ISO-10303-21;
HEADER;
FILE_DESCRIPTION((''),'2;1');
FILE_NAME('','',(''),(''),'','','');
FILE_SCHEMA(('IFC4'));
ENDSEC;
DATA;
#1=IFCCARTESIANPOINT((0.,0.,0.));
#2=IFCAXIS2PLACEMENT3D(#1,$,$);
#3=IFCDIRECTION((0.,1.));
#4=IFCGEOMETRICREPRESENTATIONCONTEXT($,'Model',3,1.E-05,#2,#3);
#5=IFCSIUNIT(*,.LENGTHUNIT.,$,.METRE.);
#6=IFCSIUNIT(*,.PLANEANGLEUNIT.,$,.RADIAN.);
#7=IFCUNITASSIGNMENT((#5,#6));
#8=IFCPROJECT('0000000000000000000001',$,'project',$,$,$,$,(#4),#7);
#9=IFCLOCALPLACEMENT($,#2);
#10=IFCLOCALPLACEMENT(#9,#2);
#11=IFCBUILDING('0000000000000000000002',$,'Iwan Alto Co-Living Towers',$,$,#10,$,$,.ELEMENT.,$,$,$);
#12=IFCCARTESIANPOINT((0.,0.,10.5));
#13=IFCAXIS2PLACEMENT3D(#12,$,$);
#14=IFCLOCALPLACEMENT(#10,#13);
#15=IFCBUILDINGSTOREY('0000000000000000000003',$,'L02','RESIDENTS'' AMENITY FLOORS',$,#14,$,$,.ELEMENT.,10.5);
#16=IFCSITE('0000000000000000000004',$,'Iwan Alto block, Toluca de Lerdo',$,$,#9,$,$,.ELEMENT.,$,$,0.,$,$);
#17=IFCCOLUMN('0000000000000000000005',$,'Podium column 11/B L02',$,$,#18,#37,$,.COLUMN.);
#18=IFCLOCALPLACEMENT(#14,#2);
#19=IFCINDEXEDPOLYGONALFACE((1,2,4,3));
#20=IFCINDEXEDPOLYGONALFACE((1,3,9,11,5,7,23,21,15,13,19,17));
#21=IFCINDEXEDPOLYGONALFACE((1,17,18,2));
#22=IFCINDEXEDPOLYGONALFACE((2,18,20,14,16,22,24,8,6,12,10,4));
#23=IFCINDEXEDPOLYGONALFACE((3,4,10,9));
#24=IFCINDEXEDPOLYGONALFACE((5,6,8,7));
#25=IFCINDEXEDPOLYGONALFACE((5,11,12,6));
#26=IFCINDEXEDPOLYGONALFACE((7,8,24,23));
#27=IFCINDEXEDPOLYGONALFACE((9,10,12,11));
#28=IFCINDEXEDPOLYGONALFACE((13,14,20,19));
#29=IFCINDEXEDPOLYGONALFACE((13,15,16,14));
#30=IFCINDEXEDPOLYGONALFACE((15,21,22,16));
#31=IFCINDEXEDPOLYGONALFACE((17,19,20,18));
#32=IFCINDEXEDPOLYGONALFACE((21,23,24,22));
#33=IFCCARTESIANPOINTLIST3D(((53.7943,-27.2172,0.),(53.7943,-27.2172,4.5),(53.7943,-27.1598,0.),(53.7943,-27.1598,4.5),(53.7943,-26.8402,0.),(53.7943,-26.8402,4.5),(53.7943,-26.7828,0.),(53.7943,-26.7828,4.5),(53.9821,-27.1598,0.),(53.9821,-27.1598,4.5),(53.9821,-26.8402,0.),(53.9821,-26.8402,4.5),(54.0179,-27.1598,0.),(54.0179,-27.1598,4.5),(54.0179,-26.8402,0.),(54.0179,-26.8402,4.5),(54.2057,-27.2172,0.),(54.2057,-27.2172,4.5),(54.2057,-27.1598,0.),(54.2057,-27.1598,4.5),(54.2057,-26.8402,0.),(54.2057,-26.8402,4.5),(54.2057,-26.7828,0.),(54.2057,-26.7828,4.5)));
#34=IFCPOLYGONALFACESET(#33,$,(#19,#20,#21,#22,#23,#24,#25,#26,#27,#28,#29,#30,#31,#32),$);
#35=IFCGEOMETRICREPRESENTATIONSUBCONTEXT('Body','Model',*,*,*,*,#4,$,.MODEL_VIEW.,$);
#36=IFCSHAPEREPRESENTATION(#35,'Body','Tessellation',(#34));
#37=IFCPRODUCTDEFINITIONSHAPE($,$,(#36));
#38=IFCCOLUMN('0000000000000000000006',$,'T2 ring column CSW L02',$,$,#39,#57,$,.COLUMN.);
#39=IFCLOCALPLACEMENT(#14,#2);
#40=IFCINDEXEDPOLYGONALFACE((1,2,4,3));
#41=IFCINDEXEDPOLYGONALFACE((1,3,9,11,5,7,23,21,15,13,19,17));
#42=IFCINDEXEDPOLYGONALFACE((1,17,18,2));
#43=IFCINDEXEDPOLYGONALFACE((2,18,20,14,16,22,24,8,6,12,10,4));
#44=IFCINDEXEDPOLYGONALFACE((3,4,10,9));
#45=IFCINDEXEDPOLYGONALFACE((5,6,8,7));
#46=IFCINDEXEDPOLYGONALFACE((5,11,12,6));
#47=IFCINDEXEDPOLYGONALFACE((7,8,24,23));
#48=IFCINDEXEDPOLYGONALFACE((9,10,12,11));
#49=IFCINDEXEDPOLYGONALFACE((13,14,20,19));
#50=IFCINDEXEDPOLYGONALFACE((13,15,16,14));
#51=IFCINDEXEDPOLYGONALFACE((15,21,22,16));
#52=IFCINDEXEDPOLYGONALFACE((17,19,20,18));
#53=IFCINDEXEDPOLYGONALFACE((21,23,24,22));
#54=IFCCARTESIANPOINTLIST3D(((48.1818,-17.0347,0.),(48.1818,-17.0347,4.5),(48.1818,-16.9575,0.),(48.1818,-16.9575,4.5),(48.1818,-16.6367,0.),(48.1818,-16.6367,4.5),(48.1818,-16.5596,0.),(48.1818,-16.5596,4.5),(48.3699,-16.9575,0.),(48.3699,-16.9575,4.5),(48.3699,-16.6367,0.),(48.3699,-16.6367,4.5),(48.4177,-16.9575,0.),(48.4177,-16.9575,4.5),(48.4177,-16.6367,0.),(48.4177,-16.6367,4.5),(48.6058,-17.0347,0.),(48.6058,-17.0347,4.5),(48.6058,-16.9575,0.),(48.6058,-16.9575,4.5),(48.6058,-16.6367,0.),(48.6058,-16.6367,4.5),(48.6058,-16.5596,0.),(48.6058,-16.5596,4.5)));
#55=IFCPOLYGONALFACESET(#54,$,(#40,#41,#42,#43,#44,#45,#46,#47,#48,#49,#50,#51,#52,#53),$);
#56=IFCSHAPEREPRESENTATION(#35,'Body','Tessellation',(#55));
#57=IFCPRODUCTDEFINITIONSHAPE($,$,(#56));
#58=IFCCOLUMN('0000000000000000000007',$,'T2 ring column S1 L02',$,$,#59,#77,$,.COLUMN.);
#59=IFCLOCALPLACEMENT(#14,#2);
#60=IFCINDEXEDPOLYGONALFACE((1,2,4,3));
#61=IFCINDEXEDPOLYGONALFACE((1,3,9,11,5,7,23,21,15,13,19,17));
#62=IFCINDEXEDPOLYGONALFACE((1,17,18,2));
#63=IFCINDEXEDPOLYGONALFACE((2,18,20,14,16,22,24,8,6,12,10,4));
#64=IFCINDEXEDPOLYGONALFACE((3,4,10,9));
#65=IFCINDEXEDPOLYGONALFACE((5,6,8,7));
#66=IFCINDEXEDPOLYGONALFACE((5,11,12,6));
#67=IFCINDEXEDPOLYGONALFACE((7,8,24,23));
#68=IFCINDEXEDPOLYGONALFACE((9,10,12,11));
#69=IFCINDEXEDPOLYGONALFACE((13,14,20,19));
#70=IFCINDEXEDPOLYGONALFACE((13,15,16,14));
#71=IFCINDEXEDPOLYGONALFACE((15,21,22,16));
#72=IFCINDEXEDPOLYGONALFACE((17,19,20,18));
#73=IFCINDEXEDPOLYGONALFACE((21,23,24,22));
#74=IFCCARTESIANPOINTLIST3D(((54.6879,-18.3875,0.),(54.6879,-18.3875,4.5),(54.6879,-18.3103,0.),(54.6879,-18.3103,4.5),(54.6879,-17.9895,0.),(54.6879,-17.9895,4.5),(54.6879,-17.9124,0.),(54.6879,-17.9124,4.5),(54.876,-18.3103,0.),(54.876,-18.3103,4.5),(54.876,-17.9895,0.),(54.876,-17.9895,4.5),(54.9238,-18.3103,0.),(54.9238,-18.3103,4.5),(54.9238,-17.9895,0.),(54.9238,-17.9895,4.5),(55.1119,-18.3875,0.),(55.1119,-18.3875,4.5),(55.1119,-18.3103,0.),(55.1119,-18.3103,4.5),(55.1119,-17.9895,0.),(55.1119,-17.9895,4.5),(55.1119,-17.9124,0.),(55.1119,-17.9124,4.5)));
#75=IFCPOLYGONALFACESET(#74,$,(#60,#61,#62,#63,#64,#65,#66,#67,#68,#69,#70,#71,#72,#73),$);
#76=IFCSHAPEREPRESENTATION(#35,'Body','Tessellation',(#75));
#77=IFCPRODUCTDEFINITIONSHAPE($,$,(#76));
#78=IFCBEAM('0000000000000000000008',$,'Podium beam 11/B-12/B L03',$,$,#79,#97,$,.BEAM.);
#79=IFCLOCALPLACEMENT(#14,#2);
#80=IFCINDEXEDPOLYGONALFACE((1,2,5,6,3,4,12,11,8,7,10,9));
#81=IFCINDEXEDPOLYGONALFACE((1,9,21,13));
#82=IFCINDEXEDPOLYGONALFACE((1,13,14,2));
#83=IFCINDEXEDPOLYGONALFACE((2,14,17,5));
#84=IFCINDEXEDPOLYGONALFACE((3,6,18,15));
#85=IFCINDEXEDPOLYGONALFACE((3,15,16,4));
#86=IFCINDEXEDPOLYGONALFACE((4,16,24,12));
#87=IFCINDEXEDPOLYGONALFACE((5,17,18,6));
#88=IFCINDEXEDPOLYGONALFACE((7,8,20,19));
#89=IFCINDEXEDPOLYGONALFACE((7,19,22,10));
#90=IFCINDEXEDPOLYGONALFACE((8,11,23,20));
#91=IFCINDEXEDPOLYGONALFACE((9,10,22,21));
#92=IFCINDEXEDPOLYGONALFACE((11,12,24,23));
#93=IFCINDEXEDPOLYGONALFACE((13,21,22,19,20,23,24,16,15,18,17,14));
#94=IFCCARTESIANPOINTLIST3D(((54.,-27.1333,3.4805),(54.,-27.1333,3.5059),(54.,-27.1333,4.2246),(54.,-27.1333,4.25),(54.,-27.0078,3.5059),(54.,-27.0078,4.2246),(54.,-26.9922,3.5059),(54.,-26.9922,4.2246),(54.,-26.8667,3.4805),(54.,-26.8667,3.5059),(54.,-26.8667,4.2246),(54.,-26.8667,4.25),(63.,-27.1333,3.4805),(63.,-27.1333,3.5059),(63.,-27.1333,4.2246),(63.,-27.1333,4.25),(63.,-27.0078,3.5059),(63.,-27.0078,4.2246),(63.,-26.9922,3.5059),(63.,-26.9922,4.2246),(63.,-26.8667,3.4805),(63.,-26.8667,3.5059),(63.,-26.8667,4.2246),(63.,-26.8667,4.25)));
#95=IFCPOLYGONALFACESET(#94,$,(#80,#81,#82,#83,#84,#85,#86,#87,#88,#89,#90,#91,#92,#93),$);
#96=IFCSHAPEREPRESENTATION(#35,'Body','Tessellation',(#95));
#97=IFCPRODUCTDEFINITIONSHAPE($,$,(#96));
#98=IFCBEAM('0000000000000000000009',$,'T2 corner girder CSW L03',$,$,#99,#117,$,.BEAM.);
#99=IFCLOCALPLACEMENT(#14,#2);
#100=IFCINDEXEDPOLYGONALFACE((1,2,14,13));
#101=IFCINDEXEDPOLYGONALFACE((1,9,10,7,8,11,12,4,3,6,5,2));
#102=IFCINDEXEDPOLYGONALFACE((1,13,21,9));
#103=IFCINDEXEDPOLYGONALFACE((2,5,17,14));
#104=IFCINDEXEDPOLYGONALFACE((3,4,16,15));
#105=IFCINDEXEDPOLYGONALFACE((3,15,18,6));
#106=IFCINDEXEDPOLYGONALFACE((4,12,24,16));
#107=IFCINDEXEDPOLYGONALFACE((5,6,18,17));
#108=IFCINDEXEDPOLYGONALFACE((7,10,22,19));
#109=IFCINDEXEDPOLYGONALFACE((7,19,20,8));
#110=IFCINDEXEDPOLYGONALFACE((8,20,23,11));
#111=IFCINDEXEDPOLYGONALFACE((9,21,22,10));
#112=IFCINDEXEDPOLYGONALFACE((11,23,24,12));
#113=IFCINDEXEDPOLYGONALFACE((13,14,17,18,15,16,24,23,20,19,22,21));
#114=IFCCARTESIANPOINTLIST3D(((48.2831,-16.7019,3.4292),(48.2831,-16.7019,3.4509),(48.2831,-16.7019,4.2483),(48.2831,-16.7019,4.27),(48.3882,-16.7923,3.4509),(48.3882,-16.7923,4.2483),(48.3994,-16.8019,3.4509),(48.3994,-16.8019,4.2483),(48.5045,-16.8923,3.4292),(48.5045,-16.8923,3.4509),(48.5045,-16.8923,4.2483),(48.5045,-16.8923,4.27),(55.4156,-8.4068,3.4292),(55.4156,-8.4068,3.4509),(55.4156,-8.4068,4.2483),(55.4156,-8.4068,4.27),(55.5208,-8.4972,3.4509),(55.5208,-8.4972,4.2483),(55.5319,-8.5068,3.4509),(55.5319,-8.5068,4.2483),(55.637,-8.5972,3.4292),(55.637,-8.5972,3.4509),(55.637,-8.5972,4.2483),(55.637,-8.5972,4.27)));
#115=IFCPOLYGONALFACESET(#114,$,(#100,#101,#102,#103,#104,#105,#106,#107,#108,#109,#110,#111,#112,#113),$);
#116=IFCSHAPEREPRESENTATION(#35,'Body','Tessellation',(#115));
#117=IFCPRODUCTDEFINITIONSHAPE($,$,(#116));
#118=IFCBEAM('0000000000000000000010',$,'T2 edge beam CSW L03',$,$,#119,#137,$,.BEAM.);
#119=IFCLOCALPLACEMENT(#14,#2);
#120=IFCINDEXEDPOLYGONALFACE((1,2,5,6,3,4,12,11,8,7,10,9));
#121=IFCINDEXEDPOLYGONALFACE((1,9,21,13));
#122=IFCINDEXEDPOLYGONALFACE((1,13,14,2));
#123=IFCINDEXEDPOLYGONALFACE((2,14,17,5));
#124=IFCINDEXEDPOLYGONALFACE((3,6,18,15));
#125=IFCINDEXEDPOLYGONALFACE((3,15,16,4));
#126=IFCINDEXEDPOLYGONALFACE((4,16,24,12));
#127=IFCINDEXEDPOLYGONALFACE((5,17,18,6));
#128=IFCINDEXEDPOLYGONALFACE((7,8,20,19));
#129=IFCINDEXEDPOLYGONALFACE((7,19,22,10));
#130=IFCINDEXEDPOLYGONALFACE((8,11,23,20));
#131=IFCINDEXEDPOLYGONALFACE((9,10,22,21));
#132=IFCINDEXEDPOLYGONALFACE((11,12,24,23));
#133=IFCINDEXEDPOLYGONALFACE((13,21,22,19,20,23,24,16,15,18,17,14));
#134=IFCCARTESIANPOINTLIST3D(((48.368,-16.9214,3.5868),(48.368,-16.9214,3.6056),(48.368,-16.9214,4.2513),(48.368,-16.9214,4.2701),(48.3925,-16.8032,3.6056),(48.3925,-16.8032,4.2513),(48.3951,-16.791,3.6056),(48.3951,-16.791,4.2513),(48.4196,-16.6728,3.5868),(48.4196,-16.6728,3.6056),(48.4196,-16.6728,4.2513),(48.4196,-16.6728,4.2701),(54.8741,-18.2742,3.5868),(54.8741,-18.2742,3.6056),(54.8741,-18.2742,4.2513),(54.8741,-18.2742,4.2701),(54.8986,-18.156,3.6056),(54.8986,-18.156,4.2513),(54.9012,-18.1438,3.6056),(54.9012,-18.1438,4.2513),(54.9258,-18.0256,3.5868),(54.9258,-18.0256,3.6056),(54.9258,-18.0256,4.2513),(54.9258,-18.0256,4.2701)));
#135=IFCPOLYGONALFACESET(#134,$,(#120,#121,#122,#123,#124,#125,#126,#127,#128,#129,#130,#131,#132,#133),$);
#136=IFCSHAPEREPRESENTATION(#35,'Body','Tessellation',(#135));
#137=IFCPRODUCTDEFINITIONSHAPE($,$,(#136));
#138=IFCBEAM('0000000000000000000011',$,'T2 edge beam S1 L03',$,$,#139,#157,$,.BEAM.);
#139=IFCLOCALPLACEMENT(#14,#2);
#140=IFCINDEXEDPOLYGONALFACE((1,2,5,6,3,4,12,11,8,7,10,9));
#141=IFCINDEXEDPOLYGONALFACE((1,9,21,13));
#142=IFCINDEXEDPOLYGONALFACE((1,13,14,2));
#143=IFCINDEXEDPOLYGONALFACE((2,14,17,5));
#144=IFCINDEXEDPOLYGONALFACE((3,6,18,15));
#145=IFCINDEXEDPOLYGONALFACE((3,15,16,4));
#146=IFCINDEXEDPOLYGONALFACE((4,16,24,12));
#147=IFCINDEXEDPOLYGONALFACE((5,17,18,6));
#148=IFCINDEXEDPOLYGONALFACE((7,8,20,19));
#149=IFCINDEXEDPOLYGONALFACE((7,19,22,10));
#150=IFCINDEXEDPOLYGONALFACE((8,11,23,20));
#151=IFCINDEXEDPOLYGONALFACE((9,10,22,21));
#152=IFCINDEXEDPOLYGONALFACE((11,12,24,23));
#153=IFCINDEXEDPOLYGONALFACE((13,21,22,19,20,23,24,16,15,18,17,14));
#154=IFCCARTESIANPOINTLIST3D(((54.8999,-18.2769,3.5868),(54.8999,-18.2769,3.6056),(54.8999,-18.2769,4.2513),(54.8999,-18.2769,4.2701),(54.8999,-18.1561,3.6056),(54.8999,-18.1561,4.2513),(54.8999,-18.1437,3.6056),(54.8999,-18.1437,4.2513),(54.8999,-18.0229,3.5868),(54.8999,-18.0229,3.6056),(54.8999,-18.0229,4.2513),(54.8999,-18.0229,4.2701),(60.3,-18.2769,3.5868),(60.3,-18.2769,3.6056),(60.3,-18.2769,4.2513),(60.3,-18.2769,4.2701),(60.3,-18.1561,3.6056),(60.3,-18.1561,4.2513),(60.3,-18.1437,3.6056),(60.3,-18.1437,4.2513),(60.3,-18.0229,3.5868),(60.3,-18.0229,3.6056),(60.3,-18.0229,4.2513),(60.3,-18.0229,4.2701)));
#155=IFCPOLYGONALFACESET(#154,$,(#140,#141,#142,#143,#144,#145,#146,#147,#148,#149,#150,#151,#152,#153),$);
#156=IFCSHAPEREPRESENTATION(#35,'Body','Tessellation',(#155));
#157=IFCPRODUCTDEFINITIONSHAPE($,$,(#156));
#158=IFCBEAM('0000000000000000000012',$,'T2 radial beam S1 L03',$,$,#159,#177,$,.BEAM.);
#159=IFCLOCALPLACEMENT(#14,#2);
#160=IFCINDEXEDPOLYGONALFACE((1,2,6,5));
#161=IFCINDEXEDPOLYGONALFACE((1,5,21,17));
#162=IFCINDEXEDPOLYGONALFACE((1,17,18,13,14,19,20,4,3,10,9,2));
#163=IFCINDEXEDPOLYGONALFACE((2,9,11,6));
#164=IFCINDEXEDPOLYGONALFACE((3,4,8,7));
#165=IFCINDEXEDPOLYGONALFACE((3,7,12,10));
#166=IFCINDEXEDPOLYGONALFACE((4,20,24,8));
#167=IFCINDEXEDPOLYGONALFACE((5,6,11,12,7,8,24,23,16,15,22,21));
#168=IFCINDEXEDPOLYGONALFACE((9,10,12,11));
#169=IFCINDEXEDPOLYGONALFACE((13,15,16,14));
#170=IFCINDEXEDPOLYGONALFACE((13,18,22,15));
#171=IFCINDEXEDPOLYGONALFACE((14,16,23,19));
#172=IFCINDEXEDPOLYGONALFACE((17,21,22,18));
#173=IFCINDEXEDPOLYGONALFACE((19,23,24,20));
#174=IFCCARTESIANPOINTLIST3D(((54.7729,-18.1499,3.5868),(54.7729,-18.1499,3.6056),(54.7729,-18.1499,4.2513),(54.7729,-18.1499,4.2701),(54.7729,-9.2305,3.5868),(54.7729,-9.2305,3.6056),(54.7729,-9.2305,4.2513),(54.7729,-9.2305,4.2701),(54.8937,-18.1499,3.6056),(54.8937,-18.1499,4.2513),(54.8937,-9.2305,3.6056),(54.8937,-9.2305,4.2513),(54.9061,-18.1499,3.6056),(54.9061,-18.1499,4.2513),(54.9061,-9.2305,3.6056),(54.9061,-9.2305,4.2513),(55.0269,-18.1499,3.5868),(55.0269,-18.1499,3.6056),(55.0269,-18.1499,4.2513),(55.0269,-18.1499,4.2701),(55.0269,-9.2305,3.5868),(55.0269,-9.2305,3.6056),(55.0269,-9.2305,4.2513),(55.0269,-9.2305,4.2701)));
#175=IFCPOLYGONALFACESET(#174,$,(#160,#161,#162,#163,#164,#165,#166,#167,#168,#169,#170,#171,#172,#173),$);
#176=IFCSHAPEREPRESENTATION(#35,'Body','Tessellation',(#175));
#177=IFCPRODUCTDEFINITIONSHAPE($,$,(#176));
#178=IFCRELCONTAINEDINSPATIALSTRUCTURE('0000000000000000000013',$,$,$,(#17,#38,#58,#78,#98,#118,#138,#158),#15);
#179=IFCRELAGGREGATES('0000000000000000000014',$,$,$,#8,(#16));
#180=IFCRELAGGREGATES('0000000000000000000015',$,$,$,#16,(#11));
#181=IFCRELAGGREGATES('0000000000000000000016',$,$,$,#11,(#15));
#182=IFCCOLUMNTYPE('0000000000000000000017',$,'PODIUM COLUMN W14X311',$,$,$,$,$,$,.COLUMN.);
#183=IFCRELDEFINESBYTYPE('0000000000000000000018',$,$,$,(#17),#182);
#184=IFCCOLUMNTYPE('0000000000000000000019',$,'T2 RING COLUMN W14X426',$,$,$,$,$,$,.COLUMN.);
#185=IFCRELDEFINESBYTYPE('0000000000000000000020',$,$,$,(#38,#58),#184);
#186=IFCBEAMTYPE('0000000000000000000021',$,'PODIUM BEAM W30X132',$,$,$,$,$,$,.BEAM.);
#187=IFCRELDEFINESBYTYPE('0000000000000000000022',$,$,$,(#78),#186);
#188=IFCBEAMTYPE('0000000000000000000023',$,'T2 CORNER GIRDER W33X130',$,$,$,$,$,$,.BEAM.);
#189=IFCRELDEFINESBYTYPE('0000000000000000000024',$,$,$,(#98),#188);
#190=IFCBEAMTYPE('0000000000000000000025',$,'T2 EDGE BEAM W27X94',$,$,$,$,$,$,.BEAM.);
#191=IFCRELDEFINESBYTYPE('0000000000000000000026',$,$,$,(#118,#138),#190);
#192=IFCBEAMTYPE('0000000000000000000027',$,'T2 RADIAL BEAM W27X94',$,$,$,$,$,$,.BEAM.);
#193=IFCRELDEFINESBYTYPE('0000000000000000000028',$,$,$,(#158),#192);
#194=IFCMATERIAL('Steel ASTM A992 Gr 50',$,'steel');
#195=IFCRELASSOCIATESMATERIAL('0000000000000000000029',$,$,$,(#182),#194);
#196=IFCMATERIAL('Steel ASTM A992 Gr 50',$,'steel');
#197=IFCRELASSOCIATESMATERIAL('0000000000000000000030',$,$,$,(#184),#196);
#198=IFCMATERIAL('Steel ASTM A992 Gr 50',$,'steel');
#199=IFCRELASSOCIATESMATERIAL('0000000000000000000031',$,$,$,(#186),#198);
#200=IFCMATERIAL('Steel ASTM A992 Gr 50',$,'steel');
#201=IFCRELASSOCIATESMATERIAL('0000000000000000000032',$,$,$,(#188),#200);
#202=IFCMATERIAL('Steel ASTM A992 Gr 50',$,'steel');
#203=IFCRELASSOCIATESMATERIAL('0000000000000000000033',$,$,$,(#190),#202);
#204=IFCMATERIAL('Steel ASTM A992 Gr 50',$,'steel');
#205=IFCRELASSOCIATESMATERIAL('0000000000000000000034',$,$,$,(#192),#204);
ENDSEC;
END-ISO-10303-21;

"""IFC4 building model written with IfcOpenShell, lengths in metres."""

from ifc_helpers import new_model, si_unit, direction, frame, origin, origin_2d, place, context, subcontext, project, spatial, i_section, extrude, material, material_profile, profile_set, type_object, element, save


model = new_model("IFC4")

# Units and contexts
model_context = context("Model", 3, precision=1e-05, world=origin(), true_north=direction((0.0, 1.0)))
body_context = subcontext(model_context, "Body", "Model", "MODEL_VIEW")
ifc_project = project(units=[si_unit("LENGTHUNIT", "METRE"), si_unit("PLANEANGLEUNIT", "RADIAN")], contexts=[model_context])

# Site, building, storey
site_placement = place(None, origin())
site = spatial("IfcSite", under=ifc_project, at=site_placement, Name="Iwan Alto block, Toluca de Lerdo", CompositionType="ELEMENT", RefElevation=0.0)
building_placement = place(site_placement, origin())
building = spatial("IfcBuilding", under=site, at=building_placement, Name="Iwan Alto Co-Living Towers", CompositionType="ELEMENT")
storey_placement = place(building_placement, frame((0.0, 0.0, 10.5)))
storey = spatial("IfcBuildingStorey", under=building, at=storey_placement, Name="L02", Description="RESIDENTS' AMENITY FLOORS", CompositionType="ELEMENT", Elevation=10.5)

# Columns
ifc_material_1 = material(Name="Steel ASTM A992 Gr 50", Category="steel")
ifc_material_profile_1 = material_profile(ifc_material_1, i_section(OverallWidth=0.4114, OverallDepth=0.4343, WebThickness=0.0359, FlangeThickness=0.0574, at=origin_2d()), Name="W14X311")
ifc_profile_set_1 = profile_set([ifc_material_profile_1], Name="Steel ASTM A992 Gr 50")
column_type_1 = type_object("IfcColumnType", Name="PODIUM COLUMN W14X311", PredefinedType="COLUMN", material=ifc_profile_set_1)
column_placement = place(storey_placement, frame((54.0, -27.0, 0.0), z_axis=(0.0, 0.0, 1.0), x_axis=(1.0, 0.0, 0.0)))
element("IfcColumn", 1, at=column_placement, inside=storey, type_object=column_type_1, Name="Podium column 11/B L02", PredefinedType="COLUMN", context=body_context, shape_type="SweptSolid", body=[
    extrude(i_section(OverallWidth=0.4114, OverallDepth=0.4343, WebThickness=0.0359, FlangeThickness=0.0574, at=origin_2d()), origin(), (0.0, 0.0, 1.0), 4.5),
])
ifc_material_2 = material(Name="Steel ASTM A992 Gr 50", Category="steel")
ifc_material_profile_2 = material_profile(ifc_material_2, i_section(OverallWidth=0.4241, OverallDepth=0.4751, WebThickness=0.0479, FlangeThickness=0.0771, at=origin_2d()), Name="W14X426")
ifc_profile_set_2 = profile_set([ifc_material_profile_2], Name="Steel ASTM A992 Gr 50")
column_type_2 = type_object("IfcColumnType", Name="T2 RING COLUMN W14X426", PredefinedType="COLUMN", material=ifc_profile_set_2)
for number, where, z_axis, x_axis, name in (
    (2, (48.3938, -16.7971, 0.0), (0.0, 0.0, 1.0), (1.0, 0.0, 0.0), "T2 ring column CSW L02"),
    (3, (54.8999, -18.1499, 0.0), (0.0, 0.0, 1.0), (1.0, 0.0, 0.0), "T2 ring column S1 L02"),
):
    element("IfcColumn", number, at=place(storey_placement, frame(where, z_axis=z_axis, x_axis=x_axis)), inside=storey, type_object=column_type_2, Name=name, PredefinedType="COLUMN", context=body_context, shape_type="SweptSolid", body=[
        extrude(i_section(OverallWidth=0.4241, OverallDepth=0.4751, WebThickness=0.0479, FlangeThickness=0.0771, at=origin_2d()), origin(), (0.0, 0.0, 1.0), 4.5),
    ])

# Beams
ifc_material_3 = material(Name="Steel ASTM A992 Gr 50", Category="steel")
ifc_material_profile_3 = material_profile(ifc_material_3, i_section(OverallWidth=0.2666, OverallDepth=0.7695, WebThickness=0.0156, FlangeThickness=0.0254, at=origin_2d()), Name="W30X132")
ifc_profile_set_3 = profile_set([ifc_material_profile_3], Name="Steel ASTM A992 Gr 50")
beam_type_1 = type_object("IfcBeamType", Name="PODIUM BEAM W30X132", PredefinedType="BEAM", material=ifc_profile_set_3)
beam_1_placement = place(storey_placement, frame((54.0, -27.0, 3.8652), z_axis=(1.0, 0.0, 0.0), x_axis=(0.0, 1.0, 0.0)))
element("IfcBeam", 4, at=beam_1_placement, inside=storey, type_object=beam_type_1, Name="Podium beam 11/B-12/B L03", PredefinedType="BEAM", context=body_context, shape_type="SweptSolid", body=[
    extrude(i_section(OverallWidth=0.2666, OverallDepth=0.7695, WebThickness=0.0156, FlangeThickness=0.0254, at=origin_2d()), origin(), (0.0, 0.0, 1.0), 9.0),
])
ifc_material_4 = material(Name="Steel ASTM A992 Gr 50", Category="steel")
ifc_material_profile_4 = material_profile(ifc_material_4, i_section(OverallWidth=0.292, OverallDepth=0.8408, WebThickness=0.0146, FlangeThickness=0.0217, at=origin_2d()), Name="W33X130")
ifc_profile_set_4 = profile_set([ifc_material_profile_4], Name="Steel ASTM A992 Gr 50")
beam_type_2 = type_object("IfcBeamType", Name="T2 CORNER GIRDER W33X130", PredefinedType="BEAM", material=ifc_profile_set_4)
beam_2_placement = place(storey_placement, frame((48.3938, -16.7971, 3.8496), z_axis=(0.651972, 0.758243, 0.0), x_axis=(-0.758243, 0.651972, 0.0)))
element("IfcBeam", 5, at=beam_2_placement, inside=storey, type_object=beam_type_2, Name="T2 corner girder CSW L03", PredefinedType="BEAM", context=body_context, shape_type="SweptSolid", body=[
    extrude(i_section(OverallWidth=0.292, OverallDepth=0.8408, WebThickness=0.0146, FlangeThickness=0.0217, at=origin_2d()), origin(), (0.0, 0.0, 1.0), 10.9399),
])
ifc_material_5 = material(Name="Steel ASTM A992 Gr 50", Category="steel")
ifc_material_profile_5 = material_profile(ifc_material_5, i_section(OverallWidth=0.2539, OverallDepth=0.6833, WebThickness=0.0125, FlangeThickness=0.0188, at=origin_2d()), Name="W27X94")
ifc_profile_set_5 = profile_set([ifc_material_profile_5], Name="Steel ASTM A992 Gr 50")
beam_type_3 = type_object("IfcBeamType", Name="T2 EDGE BEAM W27X94", PredefinedType="BEAM", material=ifc_profile_set_5)
beam_3_placement = place(storey_placement, frame((48.3938, -16.7971, 3.9285), z_axis=(0.97906, -0.203571, 0.0), x_axis=(0.203571, 0.97906, 0.0)))
element("IfcBeam", 6, at=beam_3_placement, inside=storey, type_object=beam_type_3, Name="T2 edge beam CSW L03", PredefinedType="BEAM", context=body_context, shape_type="SweptSolid", body=[
    extrude(i_section(OverallWidth=0.2539, OverallDepth=0.6833, WebThickness=0.0125, FlangeThickness=0.0188, at=origin_2d()), origin(), (0.0, 0.0, 1.0), 6.6453),
])
beam_4_placement = place(storey_placement, frame((54.8999, -18.1499, 3.9285), z_axis=(1.0, 0.0, 0.0), x_axis=(0.0, 1.0, 0.0)))
element("IfcBeam", 7, at=beam_4_placement, inside=storey, type_object=beam_type_3, Name="T2 edge beam S1 L03", PredefinedType="BEAM", context=body_context, shape_type="SweptSolid", body=[
    extrude(i_section(OverallWidth=0.2539, OverallDepth=0.6833, WebThickness=0.0125, FlangeThickness=0.0188, at=origin_2d()), origin(), (0.0, 0.0, 1.0), 5.4001),
])
ifc_material_6 = material(Name="Steel ASTM A992 Gr 50", Category="steel")
ifc_material_profile_6 = material_profile(ifc_material_6, i_section(OverallWidth=0.2539, OverallDepth=0.6833, WebThickness=0.0125, FlangeThickness=0.0188, at=origin_2d()), Name="W27X94")
ifc_profile_set_6 = profile_set([ifc_material_profile_6], Name="Steel ASTM A992 Gr 50")
beam_type_4 = type_object("IfcBeamType", Name="T2 RADIAL BEAM W27X94", PredefinedType="BEAM", material=ifc_profile_set_6)
beam_5_placement = place(storey_placement, frame((54.8999, -18.1499, 3.9285), z_axis=(0.0, 1.0, 0.0), x_axis=(-1.0, 0.0, 0.0)))
element("IfcBeam", 8, at=beam_5_placement, inside=storey, type_object=beam_type_4, Name="T2 radial beam S1 L03", PredefinedType="BEAM", context=body_context, shape_type="SweptSolid", body=[
    extrude(i_section(OverallWidth=0.2539, OverallDepth=0.6833, WebThickness=0.0125, FlangeThickness=0.0188, at=origin_2d()), origin(), (0.0, 0.0, 1.0), 8.9194),
])

save(model, "model.ifc")
